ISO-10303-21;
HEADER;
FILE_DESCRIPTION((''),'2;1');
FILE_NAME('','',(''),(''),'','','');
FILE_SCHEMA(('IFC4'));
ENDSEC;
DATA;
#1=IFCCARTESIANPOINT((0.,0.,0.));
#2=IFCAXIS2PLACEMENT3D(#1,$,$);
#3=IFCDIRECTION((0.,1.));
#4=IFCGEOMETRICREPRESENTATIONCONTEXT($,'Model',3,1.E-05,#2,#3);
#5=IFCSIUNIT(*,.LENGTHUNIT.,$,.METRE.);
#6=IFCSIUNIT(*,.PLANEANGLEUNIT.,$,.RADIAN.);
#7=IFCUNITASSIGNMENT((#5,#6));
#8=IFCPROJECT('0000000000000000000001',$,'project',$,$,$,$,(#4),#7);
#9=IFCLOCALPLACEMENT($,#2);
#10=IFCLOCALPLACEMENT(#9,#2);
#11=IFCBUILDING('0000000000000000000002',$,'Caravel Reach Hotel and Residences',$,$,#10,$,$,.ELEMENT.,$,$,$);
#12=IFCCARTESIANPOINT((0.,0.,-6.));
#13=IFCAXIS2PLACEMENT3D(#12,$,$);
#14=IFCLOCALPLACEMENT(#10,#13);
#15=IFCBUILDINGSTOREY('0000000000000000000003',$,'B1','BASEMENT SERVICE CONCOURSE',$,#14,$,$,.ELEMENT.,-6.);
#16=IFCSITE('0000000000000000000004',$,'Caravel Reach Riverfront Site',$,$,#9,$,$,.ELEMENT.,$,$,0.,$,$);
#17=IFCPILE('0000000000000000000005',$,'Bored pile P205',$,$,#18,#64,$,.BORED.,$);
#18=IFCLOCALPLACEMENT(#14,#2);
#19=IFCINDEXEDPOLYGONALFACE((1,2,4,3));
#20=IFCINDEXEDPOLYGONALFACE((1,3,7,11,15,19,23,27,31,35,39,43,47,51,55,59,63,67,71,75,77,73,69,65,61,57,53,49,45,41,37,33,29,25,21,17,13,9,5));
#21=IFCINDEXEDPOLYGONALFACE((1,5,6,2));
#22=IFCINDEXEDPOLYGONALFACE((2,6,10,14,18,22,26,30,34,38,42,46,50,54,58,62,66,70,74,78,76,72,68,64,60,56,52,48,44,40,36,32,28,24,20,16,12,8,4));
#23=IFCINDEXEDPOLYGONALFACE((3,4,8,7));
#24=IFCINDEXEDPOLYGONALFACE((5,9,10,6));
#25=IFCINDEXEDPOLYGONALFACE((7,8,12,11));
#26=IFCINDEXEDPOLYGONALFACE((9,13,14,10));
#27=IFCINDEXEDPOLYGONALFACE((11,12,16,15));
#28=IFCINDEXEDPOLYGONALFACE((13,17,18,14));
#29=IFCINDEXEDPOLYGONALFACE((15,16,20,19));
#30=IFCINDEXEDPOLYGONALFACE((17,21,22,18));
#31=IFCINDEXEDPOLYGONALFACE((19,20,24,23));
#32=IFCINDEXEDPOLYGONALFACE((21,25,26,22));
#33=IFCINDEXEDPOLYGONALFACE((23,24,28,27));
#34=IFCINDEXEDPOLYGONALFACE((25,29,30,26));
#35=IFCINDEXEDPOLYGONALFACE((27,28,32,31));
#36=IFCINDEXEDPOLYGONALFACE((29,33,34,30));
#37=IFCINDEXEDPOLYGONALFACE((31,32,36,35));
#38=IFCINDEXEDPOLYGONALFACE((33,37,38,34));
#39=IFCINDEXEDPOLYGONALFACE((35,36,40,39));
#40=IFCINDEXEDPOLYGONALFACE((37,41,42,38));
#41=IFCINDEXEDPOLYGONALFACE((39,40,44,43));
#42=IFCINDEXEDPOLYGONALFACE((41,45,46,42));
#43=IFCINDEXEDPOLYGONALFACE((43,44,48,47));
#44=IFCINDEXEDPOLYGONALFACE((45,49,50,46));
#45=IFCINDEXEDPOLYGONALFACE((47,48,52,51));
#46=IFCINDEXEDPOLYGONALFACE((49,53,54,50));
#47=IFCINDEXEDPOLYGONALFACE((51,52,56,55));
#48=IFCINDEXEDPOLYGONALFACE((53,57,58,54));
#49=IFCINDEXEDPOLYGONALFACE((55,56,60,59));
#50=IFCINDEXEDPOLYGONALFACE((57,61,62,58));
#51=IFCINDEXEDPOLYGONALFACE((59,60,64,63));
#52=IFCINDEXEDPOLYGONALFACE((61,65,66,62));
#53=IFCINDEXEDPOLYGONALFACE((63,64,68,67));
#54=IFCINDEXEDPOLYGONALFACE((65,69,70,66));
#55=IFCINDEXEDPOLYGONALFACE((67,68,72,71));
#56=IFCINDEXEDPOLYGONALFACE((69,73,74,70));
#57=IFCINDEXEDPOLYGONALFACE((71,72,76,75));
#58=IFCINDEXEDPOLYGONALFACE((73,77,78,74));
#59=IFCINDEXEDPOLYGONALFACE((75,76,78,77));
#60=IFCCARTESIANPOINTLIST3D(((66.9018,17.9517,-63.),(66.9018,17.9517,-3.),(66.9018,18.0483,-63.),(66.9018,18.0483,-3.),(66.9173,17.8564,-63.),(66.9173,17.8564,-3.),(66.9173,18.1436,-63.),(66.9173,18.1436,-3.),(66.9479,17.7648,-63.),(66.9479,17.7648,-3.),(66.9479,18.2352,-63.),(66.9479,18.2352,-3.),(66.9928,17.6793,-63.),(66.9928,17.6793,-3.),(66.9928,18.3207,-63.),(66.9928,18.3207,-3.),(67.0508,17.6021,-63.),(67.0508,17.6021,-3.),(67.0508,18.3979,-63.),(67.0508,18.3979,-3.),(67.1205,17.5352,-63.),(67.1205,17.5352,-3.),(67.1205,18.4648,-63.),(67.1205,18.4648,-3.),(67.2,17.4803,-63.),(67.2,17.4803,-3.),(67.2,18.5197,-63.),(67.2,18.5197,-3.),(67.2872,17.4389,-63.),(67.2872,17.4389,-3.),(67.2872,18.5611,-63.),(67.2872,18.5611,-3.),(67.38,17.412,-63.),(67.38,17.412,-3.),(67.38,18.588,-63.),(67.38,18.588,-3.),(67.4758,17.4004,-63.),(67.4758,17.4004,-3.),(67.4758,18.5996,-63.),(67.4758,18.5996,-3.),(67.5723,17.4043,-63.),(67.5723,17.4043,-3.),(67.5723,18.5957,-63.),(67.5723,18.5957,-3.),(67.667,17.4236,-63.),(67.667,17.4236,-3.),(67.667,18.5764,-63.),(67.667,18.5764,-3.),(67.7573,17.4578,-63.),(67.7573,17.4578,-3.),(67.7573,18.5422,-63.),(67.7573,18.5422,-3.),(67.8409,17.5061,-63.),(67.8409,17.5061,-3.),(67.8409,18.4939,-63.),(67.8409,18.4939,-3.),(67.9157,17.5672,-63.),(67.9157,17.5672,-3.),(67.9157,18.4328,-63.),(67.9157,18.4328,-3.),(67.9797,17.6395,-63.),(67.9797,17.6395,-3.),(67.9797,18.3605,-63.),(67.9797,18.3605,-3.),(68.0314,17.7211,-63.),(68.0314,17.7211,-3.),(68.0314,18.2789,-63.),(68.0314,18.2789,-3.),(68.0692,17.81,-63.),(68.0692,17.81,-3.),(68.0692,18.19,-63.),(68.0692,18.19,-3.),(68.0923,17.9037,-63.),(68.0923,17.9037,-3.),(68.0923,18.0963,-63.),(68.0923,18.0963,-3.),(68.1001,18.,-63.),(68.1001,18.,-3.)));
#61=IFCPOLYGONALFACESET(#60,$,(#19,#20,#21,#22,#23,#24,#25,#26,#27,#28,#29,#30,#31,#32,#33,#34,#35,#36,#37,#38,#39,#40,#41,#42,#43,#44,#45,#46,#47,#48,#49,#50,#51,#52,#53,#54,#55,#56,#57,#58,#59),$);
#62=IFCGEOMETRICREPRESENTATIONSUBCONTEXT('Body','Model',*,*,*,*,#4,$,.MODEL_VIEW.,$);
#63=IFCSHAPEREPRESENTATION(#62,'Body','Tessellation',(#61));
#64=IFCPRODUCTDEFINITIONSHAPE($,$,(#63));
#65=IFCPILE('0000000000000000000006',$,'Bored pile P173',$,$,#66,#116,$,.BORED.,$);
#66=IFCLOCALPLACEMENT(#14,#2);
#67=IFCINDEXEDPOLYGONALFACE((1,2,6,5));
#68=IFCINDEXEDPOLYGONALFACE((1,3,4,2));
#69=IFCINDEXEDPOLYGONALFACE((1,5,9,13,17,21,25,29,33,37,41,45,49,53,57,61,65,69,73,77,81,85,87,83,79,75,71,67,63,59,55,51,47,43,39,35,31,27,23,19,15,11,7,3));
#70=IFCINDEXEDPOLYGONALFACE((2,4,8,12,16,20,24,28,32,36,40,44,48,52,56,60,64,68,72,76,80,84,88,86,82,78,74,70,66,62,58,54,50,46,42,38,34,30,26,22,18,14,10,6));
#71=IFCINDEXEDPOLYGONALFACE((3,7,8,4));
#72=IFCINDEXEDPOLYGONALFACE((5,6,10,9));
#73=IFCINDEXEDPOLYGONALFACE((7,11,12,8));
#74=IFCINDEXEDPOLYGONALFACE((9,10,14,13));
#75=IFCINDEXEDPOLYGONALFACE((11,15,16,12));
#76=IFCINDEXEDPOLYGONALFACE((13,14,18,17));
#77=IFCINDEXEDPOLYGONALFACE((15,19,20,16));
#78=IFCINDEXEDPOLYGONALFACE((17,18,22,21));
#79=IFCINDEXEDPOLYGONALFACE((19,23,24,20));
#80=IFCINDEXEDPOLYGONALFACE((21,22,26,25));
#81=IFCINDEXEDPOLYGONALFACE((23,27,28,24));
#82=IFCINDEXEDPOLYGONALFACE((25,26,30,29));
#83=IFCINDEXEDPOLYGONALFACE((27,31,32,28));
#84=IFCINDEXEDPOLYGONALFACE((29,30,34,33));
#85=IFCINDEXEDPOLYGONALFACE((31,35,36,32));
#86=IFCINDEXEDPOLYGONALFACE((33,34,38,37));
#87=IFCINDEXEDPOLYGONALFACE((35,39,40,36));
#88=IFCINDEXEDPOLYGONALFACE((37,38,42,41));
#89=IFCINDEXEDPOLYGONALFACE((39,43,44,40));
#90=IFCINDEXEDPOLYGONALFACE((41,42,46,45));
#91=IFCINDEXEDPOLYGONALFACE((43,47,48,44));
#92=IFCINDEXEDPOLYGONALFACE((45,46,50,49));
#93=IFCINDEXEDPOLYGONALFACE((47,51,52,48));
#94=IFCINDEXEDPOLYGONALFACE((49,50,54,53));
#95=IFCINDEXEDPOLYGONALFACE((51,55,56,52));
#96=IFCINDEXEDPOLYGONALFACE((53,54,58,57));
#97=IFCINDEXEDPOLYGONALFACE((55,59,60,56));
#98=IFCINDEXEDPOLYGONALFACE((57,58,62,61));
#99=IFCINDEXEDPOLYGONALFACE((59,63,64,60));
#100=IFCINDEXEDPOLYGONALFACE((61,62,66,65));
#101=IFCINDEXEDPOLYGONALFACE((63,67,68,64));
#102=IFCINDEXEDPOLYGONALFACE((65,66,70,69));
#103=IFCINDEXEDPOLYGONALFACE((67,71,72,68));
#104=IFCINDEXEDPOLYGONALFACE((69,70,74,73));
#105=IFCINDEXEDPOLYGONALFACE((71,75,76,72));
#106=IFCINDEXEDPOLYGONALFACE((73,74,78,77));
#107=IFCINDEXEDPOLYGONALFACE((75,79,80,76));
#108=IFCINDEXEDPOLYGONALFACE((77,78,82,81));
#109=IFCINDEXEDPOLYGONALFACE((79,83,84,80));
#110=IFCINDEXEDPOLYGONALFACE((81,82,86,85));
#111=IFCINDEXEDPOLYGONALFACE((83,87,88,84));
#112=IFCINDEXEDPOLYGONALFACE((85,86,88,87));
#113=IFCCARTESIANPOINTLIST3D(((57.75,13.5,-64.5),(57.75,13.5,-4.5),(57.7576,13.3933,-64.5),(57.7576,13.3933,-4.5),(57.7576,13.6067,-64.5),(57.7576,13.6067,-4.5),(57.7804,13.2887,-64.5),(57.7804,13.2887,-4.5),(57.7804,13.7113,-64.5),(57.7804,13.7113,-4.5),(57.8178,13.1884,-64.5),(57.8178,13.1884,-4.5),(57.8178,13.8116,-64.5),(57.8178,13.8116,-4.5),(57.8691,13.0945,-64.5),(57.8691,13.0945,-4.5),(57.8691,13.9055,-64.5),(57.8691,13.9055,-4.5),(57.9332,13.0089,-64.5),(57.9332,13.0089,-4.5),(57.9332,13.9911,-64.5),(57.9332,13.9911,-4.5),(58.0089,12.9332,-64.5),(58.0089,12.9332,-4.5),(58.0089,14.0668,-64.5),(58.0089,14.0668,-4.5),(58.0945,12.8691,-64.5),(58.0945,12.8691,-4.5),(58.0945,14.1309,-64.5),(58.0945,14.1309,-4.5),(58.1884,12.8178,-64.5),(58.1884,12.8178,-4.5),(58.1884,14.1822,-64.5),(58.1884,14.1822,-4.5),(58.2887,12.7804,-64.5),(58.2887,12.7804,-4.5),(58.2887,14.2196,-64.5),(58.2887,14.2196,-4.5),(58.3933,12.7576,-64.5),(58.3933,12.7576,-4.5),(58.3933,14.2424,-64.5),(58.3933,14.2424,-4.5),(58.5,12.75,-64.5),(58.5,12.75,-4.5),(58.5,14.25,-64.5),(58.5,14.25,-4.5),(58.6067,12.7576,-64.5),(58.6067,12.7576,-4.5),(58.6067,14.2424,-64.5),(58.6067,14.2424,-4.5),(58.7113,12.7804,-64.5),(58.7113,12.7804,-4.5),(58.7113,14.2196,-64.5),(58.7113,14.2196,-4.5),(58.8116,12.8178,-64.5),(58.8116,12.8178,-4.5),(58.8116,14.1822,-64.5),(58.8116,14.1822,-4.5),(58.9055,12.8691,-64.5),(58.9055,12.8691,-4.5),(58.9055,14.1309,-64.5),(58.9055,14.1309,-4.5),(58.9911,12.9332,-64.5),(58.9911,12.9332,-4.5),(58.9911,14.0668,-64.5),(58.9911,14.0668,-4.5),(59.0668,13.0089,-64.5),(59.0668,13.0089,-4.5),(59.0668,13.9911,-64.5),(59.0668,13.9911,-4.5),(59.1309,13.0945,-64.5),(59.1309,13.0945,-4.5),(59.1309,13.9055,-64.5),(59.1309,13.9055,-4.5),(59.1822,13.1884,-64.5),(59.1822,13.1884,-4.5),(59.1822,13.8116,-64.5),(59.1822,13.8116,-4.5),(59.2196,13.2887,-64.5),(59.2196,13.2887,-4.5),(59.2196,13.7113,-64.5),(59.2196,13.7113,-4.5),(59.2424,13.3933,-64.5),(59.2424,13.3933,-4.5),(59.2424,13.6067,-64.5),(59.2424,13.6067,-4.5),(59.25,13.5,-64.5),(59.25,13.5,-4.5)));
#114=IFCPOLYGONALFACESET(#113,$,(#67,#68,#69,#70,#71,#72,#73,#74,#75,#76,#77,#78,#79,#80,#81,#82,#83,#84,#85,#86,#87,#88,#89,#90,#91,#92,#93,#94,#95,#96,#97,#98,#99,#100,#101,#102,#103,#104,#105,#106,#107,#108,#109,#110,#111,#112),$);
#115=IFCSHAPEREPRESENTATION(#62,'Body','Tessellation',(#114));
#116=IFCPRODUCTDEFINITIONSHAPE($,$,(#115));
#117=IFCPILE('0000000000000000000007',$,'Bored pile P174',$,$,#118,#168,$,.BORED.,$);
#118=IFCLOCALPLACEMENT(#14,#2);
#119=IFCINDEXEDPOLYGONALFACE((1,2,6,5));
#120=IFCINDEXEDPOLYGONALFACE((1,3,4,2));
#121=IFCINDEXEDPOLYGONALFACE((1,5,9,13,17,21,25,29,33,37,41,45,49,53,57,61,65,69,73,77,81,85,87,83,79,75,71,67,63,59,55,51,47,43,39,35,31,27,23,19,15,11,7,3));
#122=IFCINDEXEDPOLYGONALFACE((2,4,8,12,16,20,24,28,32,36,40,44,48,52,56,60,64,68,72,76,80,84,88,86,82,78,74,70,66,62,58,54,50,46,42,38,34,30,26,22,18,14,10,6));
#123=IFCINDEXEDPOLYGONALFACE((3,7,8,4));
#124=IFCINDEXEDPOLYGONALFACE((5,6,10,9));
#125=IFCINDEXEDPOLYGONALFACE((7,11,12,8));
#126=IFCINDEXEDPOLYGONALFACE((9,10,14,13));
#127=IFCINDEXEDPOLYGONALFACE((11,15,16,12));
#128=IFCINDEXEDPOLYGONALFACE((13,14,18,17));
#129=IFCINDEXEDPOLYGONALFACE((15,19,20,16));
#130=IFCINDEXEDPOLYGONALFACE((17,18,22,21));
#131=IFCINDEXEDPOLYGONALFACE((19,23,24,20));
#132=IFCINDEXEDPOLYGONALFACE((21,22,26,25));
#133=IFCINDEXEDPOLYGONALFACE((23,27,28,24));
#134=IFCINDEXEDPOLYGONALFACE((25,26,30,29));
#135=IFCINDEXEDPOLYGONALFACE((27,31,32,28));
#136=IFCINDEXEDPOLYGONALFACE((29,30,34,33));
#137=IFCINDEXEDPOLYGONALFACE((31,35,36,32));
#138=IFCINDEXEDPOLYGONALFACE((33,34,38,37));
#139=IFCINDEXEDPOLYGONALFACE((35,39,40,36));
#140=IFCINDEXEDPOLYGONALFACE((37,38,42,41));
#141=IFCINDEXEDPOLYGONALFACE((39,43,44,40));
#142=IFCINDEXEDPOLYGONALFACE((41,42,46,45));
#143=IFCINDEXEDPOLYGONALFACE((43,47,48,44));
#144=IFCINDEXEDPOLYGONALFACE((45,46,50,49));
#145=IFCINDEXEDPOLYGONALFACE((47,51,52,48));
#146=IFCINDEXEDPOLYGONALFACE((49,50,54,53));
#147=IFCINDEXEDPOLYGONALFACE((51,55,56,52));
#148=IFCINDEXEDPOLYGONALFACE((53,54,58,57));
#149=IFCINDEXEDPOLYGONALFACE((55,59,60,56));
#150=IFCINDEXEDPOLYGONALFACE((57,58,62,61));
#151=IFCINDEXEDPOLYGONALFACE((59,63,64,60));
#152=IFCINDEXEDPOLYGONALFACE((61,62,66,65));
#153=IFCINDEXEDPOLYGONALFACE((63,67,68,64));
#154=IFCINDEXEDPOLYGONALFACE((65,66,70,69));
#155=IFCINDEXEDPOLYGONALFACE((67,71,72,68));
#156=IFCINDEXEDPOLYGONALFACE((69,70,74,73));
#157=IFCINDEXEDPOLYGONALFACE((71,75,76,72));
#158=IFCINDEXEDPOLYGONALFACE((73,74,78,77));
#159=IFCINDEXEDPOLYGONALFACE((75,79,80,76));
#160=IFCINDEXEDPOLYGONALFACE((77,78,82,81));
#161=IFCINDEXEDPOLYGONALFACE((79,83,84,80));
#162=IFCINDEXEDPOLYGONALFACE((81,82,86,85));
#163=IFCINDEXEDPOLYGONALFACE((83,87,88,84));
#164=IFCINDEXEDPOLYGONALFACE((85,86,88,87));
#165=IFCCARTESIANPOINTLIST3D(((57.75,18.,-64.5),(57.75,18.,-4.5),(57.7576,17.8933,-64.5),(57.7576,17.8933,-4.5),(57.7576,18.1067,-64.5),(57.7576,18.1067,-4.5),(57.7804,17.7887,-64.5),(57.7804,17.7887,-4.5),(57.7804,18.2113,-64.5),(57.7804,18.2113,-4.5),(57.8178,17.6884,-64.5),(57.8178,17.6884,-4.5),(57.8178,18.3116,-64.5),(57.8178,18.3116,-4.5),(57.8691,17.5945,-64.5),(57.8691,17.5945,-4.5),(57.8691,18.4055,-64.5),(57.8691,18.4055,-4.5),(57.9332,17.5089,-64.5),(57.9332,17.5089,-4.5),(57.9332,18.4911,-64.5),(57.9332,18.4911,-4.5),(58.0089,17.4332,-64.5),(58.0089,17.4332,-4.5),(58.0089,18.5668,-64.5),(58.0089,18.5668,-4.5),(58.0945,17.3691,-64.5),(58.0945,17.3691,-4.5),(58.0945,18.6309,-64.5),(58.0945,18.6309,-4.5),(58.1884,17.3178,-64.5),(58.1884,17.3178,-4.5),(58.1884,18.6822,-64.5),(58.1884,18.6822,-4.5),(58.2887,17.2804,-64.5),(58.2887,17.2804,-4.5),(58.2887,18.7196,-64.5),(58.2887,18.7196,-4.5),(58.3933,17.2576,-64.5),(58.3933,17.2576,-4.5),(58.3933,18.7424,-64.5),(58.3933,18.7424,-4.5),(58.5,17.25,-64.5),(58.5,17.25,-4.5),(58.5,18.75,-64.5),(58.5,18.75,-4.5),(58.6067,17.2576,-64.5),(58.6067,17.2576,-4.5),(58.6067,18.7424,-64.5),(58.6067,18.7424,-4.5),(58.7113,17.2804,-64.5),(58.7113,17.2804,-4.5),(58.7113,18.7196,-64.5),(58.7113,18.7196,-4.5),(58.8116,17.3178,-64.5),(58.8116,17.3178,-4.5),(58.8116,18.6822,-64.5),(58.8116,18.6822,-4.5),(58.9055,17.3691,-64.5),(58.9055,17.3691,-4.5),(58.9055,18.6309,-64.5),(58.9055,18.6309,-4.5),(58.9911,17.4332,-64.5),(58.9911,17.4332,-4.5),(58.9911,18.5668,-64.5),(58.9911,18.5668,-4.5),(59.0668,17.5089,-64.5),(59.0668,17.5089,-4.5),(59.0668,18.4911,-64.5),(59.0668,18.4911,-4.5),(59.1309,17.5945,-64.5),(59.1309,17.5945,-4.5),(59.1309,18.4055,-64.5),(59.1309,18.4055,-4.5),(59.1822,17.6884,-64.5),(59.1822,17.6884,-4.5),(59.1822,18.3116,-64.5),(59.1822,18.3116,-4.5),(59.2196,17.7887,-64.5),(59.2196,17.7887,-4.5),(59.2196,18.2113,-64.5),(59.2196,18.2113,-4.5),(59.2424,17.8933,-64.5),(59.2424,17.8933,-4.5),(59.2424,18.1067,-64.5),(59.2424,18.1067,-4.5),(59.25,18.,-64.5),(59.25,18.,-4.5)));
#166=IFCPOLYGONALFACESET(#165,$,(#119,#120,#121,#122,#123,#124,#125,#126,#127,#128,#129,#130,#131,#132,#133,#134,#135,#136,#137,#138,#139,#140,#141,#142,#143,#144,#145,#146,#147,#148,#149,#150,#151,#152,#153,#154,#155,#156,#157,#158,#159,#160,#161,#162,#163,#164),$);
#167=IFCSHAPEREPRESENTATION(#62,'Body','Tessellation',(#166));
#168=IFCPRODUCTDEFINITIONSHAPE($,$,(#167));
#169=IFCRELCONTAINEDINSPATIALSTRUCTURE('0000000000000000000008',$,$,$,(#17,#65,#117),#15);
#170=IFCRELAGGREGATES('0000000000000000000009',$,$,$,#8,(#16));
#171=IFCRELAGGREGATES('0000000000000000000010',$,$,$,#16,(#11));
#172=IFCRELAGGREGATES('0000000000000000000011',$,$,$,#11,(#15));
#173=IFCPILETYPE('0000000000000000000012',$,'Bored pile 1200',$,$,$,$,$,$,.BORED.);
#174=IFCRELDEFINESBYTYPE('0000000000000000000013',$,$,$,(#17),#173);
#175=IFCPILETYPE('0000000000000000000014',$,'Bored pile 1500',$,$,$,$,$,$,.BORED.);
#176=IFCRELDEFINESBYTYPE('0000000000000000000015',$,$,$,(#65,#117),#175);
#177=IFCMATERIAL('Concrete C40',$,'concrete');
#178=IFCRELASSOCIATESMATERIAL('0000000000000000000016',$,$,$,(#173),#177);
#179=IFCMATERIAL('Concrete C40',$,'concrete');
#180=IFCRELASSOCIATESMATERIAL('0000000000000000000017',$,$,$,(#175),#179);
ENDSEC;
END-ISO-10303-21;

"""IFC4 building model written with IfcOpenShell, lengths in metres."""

from ifc_helpers import new_model, si_unit, direction, frame, origin, origin_2d, place, context, subcontext, project, spatial, circle, extrude, material, material_profile, profile_set, type_object, element, save


model = new_model("IFC4")

# Units and contexts
model_context = context("Model", 3, precision=1e-05, world=origin(), true_north=direction((0.0, 1.0)))
body_context = subcontext(model_context, "Body", "Model", "MODEL_VIEW")
ifc_project = project(units=[si_unit("LENGTHUNIT", "METRE"), si_unit("PLANEANGLEUNIT", "RADIAN")], contexts=[model_context])

# Site, building, storey
site_placement = place(None, origin())
site = spatial("IfcSite", under=ifc_project, at=site_placement, Name="Caravel Reach Riverfront Site", CompositionType="ELEMENT", RefElevation=0.0)
building_placement = place(site_placement, origin())
building = spatial("IfcBuilding", under=site, at=building_placement, Name="Caravel Reach Hotel and Residences", CompositionType="ELEMENT")
storey_placement = place(building_placement, frame((0.0, 0.0, -6.0)))
storey = spatial("IfcBuildingStorey", under=building, at=storey_placement, Name="B1", Description="BASEMENT SERVICE CONCOURSE", CompositionType="ELEMENT", Elevation=-6.0)

# Piles
ifc_material_1 = material(Name="Concrete C40", Category="concrete")
ifc_material_profile_1 = material_profile(ifc_material_1, circle(Radius=0.6001, at=origin_2d()), Name="PILE 1200")
ifc_profile_set_1 = profile_set([ifc_material_profile_1], Name="Concrete C40")
pile_type_1 = type_object("IfcPileType", Name="Bored pile 1200", PredefinedType="BORED", material=ifc_profile_set_1)
pile_placement = place(storey_placement, frame((67.5, 18.0, -3.0), z_axis=(0.0, 0.0, -1.0), x_axis=(1.0, 0.0, 0.0)))
element("IfcPile", 1, at=pile_placement, inside=storey, type_object=pile_type_1, Name="Bored pile P205", PredefinedType="BORED", context=body_context, shape_type="SweptSolid", body=[
    extrude(circle(Radius=0.6001, at=origin_2d()), origin(), (0.0, 0.0, 1.0), 60.0),
])
ifc_material_2 = material(Name="Concrete C40", Category="concrete")
ifc_material_profile_2 = material_profile(ifc_material_2, circle(Radius=0.75, at=origin_2d()), Name="PILE 1500")
ifc_profile_set_2 = profile_set([ifc_material_profile_2], Name="Concrete C40")
pile_type_2 = type_object("IfcPileType", Name="Bored pile 1500", PredefinedType="BORED", material=ifc_profile_set_2)
for number, where, z_axis, x_axis, name in (
    (2, (58.5, 13.5, -4.5), (0.0, 0.0, -1.0), (1.0, 0.0, 0.0), "Bored pile P173"),
    (3, (58.5, 18.0, -4.5), (0.0, 0.0, -1.0), (1.0, 0.0, 0.0), "Bored pile P174"),
):
    element("IfcPile", number, at=place(storey_placement, frame(where, z_axis=z_axis, x_axis=x_axis)), inside=storey, type_object=pile_type_2, Name=name, PredefinedType="BORED", context=body_context, shape_type="SweptSolid", body=[
        extrude(circle(Radius=0.75, at=origin_2d()), origin(), (0.0, 0.0, 1.0), 60.0),
    ])

save(model, "model.ifc")
